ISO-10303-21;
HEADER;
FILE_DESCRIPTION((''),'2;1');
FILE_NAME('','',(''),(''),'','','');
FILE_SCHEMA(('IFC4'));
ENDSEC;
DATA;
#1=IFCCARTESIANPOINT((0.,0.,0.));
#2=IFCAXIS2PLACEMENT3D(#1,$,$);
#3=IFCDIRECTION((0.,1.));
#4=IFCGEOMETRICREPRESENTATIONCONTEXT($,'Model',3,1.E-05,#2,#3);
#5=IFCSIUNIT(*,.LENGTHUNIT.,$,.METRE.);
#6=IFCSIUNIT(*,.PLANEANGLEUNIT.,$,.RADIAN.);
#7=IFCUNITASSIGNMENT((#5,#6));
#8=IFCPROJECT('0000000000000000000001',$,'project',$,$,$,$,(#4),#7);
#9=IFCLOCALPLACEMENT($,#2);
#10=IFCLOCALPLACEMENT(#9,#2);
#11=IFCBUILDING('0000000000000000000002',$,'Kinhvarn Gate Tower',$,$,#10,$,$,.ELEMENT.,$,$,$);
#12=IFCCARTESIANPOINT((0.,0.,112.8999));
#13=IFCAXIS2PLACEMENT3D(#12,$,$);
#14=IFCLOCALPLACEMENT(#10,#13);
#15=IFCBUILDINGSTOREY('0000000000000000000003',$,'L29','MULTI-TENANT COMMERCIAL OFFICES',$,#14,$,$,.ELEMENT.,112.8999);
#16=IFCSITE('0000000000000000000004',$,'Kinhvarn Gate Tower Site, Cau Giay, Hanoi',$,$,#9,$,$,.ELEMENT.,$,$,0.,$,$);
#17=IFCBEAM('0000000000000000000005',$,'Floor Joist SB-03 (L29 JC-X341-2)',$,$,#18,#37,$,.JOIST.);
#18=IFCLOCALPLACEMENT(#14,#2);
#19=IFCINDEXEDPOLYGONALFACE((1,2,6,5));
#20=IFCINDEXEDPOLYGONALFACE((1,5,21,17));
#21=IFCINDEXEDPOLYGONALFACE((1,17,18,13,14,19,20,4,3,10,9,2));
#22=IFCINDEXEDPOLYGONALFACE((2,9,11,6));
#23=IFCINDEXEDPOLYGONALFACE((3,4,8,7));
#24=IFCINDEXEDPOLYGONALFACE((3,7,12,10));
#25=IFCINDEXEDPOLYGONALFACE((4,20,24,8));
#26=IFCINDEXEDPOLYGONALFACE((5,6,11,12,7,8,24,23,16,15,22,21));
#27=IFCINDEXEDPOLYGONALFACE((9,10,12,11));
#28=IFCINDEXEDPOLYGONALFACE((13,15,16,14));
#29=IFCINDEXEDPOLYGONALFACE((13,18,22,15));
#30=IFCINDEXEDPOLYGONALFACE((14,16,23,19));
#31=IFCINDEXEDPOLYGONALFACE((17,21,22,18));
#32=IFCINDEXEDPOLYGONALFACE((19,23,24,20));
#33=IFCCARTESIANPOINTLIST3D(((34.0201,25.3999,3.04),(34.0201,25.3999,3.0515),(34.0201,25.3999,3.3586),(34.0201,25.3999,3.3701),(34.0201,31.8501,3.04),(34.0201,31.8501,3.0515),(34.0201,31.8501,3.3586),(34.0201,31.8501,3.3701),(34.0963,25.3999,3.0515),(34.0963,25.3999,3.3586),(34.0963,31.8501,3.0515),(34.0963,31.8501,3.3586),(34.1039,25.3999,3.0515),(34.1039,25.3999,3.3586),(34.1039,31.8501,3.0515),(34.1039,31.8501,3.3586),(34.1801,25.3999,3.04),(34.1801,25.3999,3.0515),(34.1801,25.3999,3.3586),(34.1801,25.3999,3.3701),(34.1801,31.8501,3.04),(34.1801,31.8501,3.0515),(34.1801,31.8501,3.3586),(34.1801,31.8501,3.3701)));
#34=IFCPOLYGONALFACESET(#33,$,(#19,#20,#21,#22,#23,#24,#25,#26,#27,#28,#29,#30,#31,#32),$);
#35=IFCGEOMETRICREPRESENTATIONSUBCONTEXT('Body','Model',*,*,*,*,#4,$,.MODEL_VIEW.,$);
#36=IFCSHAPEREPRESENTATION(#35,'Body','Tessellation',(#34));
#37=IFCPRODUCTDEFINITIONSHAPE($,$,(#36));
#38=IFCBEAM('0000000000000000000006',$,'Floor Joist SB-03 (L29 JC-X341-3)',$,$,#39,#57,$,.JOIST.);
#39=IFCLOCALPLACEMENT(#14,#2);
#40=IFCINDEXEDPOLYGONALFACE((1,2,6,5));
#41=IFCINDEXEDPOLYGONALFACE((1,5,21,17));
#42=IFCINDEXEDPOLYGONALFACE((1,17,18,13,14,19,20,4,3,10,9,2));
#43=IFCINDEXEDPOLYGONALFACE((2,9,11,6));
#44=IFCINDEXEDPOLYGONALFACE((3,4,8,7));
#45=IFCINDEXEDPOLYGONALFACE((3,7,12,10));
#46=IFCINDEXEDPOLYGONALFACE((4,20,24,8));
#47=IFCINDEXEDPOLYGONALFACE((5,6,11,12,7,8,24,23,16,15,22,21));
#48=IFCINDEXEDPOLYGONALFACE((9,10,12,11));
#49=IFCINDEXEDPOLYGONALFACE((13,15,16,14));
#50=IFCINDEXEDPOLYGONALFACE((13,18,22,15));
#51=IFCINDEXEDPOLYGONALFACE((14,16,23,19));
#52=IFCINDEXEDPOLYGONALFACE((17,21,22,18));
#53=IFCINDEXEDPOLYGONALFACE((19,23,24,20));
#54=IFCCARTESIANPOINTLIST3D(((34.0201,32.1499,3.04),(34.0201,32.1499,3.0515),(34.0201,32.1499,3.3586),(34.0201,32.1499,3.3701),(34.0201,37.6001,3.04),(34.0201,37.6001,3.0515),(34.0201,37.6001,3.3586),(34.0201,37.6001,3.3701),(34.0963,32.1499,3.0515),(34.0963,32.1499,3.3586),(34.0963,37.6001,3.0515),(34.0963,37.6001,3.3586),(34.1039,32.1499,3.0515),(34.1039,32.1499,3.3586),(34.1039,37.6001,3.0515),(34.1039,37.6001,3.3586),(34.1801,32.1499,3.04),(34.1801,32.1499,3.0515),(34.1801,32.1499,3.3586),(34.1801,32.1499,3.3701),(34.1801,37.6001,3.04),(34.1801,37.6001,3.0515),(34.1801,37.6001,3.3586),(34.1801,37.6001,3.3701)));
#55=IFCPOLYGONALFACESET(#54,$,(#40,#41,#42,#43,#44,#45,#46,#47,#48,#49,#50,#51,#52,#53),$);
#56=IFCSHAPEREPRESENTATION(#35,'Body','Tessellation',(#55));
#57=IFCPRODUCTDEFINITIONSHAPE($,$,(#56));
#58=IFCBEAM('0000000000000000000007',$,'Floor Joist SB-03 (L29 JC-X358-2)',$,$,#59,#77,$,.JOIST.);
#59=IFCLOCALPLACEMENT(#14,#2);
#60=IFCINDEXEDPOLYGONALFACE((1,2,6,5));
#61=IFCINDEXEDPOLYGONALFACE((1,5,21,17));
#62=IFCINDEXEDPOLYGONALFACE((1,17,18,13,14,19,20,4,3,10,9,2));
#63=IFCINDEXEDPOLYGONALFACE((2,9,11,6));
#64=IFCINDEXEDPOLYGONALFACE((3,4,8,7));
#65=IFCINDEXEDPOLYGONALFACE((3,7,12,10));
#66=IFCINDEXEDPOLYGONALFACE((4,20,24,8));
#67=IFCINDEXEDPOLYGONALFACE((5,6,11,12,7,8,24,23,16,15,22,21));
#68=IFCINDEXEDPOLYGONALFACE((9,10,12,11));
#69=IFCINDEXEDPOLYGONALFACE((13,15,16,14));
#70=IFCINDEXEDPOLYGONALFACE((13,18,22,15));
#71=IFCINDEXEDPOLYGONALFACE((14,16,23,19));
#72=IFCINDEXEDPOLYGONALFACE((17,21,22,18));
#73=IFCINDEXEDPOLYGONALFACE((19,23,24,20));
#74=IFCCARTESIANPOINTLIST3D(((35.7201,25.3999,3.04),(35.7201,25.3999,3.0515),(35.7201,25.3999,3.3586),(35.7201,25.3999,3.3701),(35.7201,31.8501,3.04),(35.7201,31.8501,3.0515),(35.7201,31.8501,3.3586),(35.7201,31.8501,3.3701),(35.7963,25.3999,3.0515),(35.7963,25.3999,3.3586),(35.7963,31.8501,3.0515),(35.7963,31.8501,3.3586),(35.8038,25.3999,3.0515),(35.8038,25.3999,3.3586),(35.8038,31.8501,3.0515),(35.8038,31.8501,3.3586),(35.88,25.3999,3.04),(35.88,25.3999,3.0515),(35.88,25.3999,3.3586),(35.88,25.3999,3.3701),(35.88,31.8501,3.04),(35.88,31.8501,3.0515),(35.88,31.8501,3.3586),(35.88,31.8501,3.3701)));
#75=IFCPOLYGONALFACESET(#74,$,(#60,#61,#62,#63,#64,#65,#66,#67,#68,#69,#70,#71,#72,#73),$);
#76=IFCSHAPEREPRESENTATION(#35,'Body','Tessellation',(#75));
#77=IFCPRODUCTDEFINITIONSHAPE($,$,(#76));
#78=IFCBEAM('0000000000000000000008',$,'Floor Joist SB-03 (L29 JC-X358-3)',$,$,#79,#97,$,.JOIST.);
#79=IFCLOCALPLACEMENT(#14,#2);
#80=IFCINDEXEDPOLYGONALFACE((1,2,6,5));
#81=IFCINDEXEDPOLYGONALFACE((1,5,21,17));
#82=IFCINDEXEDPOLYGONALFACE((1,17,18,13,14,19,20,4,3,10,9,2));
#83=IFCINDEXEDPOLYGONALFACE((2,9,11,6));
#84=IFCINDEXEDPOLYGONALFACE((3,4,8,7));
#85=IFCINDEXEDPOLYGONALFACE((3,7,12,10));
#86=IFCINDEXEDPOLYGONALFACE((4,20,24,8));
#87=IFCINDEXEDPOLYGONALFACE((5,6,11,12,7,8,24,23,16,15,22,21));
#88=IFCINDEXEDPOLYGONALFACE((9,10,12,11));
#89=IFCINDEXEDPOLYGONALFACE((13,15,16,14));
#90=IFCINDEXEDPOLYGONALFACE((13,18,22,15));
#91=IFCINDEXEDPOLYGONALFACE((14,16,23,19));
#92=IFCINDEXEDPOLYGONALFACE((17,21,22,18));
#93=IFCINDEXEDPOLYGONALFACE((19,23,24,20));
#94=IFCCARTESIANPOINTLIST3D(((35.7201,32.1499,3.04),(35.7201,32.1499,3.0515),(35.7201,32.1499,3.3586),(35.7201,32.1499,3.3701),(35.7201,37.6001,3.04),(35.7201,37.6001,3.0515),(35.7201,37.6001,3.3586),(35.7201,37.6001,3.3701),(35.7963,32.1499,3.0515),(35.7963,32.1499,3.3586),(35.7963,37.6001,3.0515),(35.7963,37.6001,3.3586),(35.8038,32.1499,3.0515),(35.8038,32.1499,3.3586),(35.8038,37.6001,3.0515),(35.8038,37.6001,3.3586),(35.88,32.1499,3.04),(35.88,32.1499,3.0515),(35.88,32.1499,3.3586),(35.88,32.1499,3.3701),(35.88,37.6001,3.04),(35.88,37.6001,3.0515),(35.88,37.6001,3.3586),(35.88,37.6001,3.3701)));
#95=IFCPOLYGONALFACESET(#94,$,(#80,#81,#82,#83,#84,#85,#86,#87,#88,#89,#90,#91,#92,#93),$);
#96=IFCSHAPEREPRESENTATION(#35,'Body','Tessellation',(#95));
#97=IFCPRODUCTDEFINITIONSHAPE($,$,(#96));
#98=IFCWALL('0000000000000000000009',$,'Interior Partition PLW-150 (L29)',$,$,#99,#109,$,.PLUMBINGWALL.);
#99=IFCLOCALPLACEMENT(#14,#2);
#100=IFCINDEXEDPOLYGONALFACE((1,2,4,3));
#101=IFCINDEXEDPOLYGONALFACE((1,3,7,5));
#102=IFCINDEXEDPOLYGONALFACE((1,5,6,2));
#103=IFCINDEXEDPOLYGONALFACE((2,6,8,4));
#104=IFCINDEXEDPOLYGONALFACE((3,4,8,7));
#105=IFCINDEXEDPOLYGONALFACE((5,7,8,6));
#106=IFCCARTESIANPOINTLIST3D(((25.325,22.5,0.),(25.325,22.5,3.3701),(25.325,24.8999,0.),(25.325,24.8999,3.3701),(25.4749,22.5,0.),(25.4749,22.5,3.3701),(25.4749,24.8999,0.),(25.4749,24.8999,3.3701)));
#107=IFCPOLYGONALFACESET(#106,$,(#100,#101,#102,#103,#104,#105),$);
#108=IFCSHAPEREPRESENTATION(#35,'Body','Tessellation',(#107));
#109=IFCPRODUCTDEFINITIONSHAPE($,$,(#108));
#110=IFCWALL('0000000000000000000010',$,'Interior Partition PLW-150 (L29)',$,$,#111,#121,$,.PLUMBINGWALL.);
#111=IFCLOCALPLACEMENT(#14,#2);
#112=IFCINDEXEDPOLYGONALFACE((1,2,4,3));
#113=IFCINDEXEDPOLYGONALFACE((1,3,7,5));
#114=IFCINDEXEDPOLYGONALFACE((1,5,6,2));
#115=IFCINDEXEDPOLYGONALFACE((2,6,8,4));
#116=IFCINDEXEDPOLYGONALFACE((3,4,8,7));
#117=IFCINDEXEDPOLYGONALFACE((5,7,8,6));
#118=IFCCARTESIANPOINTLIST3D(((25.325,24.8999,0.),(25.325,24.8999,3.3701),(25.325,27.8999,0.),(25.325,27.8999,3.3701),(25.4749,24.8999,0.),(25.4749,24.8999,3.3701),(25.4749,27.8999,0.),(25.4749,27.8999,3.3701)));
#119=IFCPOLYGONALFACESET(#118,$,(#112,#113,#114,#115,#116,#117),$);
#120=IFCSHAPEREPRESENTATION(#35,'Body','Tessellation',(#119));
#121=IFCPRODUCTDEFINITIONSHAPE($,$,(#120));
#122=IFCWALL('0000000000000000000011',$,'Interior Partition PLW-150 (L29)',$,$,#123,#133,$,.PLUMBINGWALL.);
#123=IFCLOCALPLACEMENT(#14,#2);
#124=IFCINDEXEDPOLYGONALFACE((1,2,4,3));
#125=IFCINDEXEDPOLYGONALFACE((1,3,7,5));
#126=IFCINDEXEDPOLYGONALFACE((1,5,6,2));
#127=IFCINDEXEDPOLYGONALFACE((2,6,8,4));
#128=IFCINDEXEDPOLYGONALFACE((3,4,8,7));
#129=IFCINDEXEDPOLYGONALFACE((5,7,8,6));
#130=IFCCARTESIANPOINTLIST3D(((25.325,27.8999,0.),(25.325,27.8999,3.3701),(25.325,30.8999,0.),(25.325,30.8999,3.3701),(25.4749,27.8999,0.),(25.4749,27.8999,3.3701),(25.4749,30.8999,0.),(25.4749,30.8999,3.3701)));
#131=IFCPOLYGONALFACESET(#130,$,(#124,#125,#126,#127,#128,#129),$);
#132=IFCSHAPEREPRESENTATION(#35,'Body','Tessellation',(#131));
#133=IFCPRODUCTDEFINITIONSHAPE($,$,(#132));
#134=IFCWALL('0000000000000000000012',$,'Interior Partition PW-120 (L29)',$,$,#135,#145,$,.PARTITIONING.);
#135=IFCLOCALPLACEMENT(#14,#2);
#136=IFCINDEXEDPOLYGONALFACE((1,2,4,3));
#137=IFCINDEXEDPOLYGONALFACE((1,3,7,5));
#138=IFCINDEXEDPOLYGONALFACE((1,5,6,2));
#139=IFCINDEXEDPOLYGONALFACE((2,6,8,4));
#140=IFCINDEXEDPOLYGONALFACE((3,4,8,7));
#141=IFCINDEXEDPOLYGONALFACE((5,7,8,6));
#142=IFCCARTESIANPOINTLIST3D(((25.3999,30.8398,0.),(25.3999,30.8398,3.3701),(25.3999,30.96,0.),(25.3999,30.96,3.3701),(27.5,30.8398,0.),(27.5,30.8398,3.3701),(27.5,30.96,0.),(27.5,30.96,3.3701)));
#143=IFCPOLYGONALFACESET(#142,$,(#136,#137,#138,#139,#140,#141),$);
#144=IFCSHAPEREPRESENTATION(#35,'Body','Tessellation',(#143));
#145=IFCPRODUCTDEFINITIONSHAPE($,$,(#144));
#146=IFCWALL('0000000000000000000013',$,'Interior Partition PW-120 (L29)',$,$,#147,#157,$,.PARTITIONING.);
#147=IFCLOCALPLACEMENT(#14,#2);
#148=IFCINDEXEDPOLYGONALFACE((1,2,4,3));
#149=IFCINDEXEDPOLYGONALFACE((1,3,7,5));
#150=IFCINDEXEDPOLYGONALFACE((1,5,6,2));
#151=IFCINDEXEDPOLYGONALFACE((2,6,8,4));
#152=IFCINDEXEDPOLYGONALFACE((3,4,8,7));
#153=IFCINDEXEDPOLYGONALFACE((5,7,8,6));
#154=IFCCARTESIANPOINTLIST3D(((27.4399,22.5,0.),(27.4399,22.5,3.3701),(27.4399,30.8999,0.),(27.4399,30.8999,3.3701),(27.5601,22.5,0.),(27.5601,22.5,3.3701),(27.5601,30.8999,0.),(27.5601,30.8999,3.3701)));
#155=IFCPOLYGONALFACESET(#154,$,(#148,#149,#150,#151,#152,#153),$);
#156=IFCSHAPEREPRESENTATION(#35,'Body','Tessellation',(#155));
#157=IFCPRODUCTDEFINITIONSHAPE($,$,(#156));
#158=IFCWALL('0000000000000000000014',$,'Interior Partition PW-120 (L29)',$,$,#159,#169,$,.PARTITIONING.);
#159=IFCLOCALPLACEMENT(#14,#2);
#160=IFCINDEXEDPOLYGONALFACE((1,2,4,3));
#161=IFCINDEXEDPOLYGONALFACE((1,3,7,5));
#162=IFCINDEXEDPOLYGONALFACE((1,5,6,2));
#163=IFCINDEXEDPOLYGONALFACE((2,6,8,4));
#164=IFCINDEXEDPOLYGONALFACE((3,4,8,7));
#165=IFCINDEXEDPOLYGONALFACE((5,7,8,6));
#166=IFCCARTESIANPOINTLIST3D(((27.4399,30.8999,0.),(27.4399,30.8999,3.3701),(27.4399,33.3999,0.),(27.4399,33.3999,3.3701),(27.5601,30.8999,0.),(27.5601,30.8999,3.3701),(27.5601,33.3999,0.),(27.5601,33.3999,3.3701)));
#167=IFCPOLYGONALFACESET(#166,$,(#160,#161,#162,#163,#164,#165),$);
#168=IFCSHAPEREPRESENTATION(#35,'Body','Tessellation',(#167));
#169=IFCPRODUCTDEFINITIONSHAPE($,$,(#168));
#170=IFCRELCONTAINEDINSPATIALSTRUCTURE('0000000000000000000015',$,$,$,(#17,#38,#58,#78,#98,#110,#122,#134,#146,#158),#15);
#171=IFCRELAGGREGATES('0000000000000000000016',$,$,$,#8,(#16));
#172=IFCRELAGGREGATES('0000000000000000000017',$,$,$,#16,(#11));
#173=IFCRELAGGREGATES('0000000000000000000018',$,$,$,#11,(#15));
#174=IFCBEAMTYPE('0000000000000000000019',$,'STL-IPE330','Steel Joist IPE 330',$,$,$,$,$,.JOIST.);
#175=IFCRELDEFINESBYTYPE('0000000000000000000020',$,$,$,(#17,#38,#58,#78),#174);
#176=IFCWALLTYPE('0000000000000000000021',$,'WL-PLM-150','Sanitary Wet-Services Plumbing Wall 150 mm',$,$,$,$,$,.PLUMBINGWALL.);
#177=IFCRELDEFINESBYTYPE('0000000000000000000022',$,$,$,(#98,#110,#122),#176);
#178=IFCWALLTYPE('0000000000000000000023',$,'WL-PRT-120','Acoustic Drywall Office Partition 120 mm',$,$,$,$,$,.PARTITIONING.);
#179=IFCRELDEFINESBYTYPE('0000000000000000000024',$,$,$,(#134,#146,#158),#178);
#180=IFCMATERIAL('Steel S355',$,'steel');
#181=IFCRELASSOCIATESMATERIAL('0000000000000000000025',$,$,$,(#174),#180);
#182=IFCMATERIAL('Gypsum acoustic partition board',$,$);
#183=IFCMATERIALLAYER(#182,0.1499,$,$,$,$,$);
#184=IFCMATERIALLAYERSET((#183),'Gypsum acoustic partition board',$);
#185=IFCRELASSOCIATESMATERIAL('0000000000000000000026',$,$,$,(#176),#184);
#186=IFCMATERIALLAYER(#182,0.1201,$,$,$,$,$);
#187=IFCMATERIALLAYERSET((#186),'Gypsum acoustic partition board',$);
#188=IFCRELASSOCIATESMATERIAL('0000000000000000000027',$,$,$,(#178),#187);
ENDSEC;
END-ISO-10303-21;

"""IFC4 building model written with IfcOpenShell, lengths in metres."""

from ifc_helpers import new_model, si_unit, direction, frame, frame_2d, origin, origin_2d, place, context, subcontext, project, spatial, rectangle, i_section, extrude, material, layer, layer_set, material_profile, profile_set, type_object, element, save


model = new_model("IFC4")

# Units and contexts
model_context = context("Model", 3, precision=1e-05, world=origin(), true_north=direction((0.0, 1.0)))
body_context = subcontext(model_context, "Body", "Model", "MODEL_VIEW")
ifc_project = project(units=[si_unit("LENGTHUNIT", "METRE"), si_unit("PLANEANGLEUNIT", "RADIAN")], contexts=[model_context])

# Site, building, storey
site_placement = place(None, origin())
site = spatial("IfcSite", under=ifc_project, at=site_placement, Name="Kinhvarn Gate Tower Site, Cau Giay, Hanoi", CompositionType="ELEMENT", RefElevation=0.0)
building_placement = place(site_placement, origin())
building = spatial("IfcBuilding", under=site, at=building_placement, Name="Kinhvarn Gate Tower", CompositionType="ELEMENT")
storey_placement = place(building_placement, frame((0.0, 0.0, 112.8999)))
storey = spatial("IfcBuildingStorey", under=building, at=storey_placement, Name="L29", Description="MULTI-TENANT COMMERCIAL OFFICES", CompositionType="ELEMENT", Elevation=112.8999)

# Beams
ifc_material_1 = material(Name="Steel S355", Category="steel")
ifc_material_profile_1 = material_profile(ifc_material_1, i_section(OverallWidth=0.1599, OverallDepth=0.3301, WebThickness=0.0076, FlangeThickness=0.0115, at=origin_2d()), Name="IPE 330")
ifc_profile_set_1 = profile_set([ifc_material_profile_1], Name="Steel S355")
beam_type = type_object("IfcBeamType", Name="STL-IPE330", Description="Steel Joist IPE 330", PredefinedType="JOIST", material=ifc_profile_set_1)
beam_1_placement = place(storey_placement, frame((34.1001, 25.3999, 3.2051), z_axis=(0.0, 1.0, 0.0), x_axis=(-1.0, 0.0, 0.0)))
element("IfcBeam", 1, at=beam_1_placement, inside=storey, type_object=beam_type, Name="Floor Joist SB-03 (L29 JC-X341-2)", PredefinedType="JOIST", context=body_context, shape_type="SweptSolid", body=[
    extrude(i_section(OverallWidth=0.1599, OverallDepth=0.3301, WebThickness=0.0076, FlangeThickness=0.0115, at=origin_2d()), origin(), (0.0, 0.0, 1.0), 6.4502),
])
beam_2_placement = place(storey_placement, frame((34.1001, 32.1499, 3.2051), z_axis=(0.0, 1.0, 0.0), x_axis=(-1.0, 0.0, 0.0)))
element("IfcBeam", 2, at=beam_2_placement, inside=storey, type_object=beam_type, Name="Floor Joist SB-03 (L29 JC-X341-3)", PredefinedType="JOIST", context=body_context, shape_type="SweptSolid", body=[
    extrude(i_section(OverallWidth=0.1599, OverallDepth=0.3301, WebThickness=0.0076, FlangeThickness=0.0115, at=origin_2d()), origin(), (0.0, 0.0, 1.0), 5.4502),
])
beam_3_placement = place(storey_placement, frame((35.8, 25.3999, 3.2051), z_axis=(0.0, 1.0, 0.0), x_axis=(-1.0, 0.0, 0.0)))
element("IfcBeam", 3, at=beam_3_placement, inside=storey, type_object=beam_type, Name="Floor Joist SB-03 (L29 JC-X358-2)", PredefinedType="JOIST", context=body_context, shape_type="SweptSolid", body=[
    extrude(i_section(OverallWidth=0.1599, OverallDepth=0.3301, WebThickness=0.0076, FlangeThickness=0.0115, at=origin_2d()), origin(), (0.0, 0.0, 1.0), 6.4502),
])
beam_4_placement = place(storey_placement, frame((35.8, 32.1499, 3.2051), z_axis=(0.0, 1.0, 0.0), x_axis=(-1.0, 0.0, 0.0)))
element("IfcBeam", 4, at=beam_4_placement, inside=storey, type_object=beam_type, Name="Floor Joist SB-03 (L29 JC-X358-3)", PredefinedType="JOIST", context=body_context, shape_type="SweptSolid", body=[
    extrude(i_section(OverallWidth=0.1599, OverallDepth=0.3301, WebThickness=0.0076, FlangeThickness=0.0115, at=origin_2d()), origin(), (0.0, 0.0, 1.0), 5.4502),
])

# Walls
ifc_material_2 = material(Name="Gypsum acoustic partition board")
ifc_layer_1 = layer(ifc_material_2, 0.1499)
ifc_layer_set_1 = layer_set([ifc_layer_1], Name="Gypsum acoustic partition board")
wall_type_1 = type_object("IfcWallType", Name="WL-PLM-150", Description="Sanitary Wet-Services Plumbing Wall 150 mm", PredefinedType="PLUMBINGWALL", material=ifc_layer_set_1)
wall_1_placement = place(storey_placement, frame((25.3999, 22.5, 0.0), z_axis=(0.0, 0.0, 1.0), x_axis=(0.0, 1.0, 0.0)))
element("IfcWall", 5, at=wall_1_placement, inside=storey, type_object=wall_type_1, Name="Interior Partition PLW-150 (L29)", PredefinedType="PLUMBINGWALL", context=body_context, shape_type="SweptSolid", body=[
    extrude(rectangle(XDim=2.3999, YDim=0.1499, at=frame_2d((1.2, 0.0))), origin(), (0.0, 0.0, 1.0), 3.3701),
])
for number, where, z_axis, x_axis, name in (
    (6, (25.3999, 24.8999, 0.0), (0.0, 0.0, 1.0), (0.0, 1.0, 0.0), "Interior Partition PLW-150 (L29)"),
    (7, (25.3999, 27.8999, 0.0), (0.0, 0.0, 1.0), (0.0, 1.0, 0.0), "Interior Partition PLW-150 (L29)"),
):
    element("IfcWall", number, at=place(storey_placement, frame(where, z_axis=z_axis, x_axis=x_axis)), inside=storey, type_object=wall_type_1, Name=name, PredefinedType="PLUMBINGWALL", context=body_context, shape_type="SweptSolid", body=[
        extrude(rectangle(XDim=3.0, YDim=0.1499, at=frame_2d((1.5, 0.0))), origin(), (0.0, 0.0, 1.0), 3.3701),
    ])
ifc_layer_2 = layer(ifc_material_2, 0.1201)
ifc_layer_set_2 = layer_set([ifc_layer_2], Name="Gypsum acoustic partition board")
wall_type_2 = type_object("IfcWallType", Name="WL-PRT-120", Description="Acoustic Drywall Office Partition 120 mm", PredefinedType="PARTITIONING", material=ifc_layer_set_2)
wall_2_placement = place(storey_placement, frame((25.3999, 30.8999, 0.0), z_axis=(0.0, 0.0, 1.0), x_axis=(1.0, 0.0, 0.0)))
element("IfcWall", 8, at=wall_2_placement, inside=storey, type_object=wall_type_2, Name="Interior Partition PW-120 (L29)", PredefinedType="PARTITIONING", context=body_context, shape_type="SweptSolid", body=[
    extrude(rectangle(XDim=2.1001, YDim=0.1201, at=frame_2d((1.05, 0.0))), origin(), (0.0, 0.0, 1.0), 3.3701),
])
wall_3_placement = place(storey_placement, frame((27.5, 22.5, 0.0), z_axis=(0.0, 0.0, 1.0), x_axis=(0.0, 1.0, 0.0)))
element("IfcWall", 9, at=wall_3_placement, inside=storey, type_object=wall_type_2, Name="Interior Partition PW-120 (L29)", PredefinedType="PARTITIONING", context=body_context, shape_type="SweptSolid", body=[
    extrude(rectangle(XDim=8.3999, YDim=0.1201, at=frame_2d((4.2, 0.0))), origin(), (0.0, 0.0, 1.0), 3.3701),
])
wall_4_placement = place(storey_placement, frame((27.5, 30.8999, 0.0), z_axis=(0.0, 0.0, 1.0), x_axis=(0.0, 1.0, 0.0)))
element("IfcWall", 10, at=wall_4_placement, inside=storey, type_object=wall_type_2, Name="Interior Partition PW-120 (L29)", PredefinedType="PARTITIONING", context=body_context, shape_type="SweptSolid", body=[
    extrude(rectangle(XDim=2.5, YDim=0.1201, at=frame_2d((1.25, 0.0))), origin(), (0.0, 0.0, 1.0), 3.3701),
])

save(model, "model.ifc")
